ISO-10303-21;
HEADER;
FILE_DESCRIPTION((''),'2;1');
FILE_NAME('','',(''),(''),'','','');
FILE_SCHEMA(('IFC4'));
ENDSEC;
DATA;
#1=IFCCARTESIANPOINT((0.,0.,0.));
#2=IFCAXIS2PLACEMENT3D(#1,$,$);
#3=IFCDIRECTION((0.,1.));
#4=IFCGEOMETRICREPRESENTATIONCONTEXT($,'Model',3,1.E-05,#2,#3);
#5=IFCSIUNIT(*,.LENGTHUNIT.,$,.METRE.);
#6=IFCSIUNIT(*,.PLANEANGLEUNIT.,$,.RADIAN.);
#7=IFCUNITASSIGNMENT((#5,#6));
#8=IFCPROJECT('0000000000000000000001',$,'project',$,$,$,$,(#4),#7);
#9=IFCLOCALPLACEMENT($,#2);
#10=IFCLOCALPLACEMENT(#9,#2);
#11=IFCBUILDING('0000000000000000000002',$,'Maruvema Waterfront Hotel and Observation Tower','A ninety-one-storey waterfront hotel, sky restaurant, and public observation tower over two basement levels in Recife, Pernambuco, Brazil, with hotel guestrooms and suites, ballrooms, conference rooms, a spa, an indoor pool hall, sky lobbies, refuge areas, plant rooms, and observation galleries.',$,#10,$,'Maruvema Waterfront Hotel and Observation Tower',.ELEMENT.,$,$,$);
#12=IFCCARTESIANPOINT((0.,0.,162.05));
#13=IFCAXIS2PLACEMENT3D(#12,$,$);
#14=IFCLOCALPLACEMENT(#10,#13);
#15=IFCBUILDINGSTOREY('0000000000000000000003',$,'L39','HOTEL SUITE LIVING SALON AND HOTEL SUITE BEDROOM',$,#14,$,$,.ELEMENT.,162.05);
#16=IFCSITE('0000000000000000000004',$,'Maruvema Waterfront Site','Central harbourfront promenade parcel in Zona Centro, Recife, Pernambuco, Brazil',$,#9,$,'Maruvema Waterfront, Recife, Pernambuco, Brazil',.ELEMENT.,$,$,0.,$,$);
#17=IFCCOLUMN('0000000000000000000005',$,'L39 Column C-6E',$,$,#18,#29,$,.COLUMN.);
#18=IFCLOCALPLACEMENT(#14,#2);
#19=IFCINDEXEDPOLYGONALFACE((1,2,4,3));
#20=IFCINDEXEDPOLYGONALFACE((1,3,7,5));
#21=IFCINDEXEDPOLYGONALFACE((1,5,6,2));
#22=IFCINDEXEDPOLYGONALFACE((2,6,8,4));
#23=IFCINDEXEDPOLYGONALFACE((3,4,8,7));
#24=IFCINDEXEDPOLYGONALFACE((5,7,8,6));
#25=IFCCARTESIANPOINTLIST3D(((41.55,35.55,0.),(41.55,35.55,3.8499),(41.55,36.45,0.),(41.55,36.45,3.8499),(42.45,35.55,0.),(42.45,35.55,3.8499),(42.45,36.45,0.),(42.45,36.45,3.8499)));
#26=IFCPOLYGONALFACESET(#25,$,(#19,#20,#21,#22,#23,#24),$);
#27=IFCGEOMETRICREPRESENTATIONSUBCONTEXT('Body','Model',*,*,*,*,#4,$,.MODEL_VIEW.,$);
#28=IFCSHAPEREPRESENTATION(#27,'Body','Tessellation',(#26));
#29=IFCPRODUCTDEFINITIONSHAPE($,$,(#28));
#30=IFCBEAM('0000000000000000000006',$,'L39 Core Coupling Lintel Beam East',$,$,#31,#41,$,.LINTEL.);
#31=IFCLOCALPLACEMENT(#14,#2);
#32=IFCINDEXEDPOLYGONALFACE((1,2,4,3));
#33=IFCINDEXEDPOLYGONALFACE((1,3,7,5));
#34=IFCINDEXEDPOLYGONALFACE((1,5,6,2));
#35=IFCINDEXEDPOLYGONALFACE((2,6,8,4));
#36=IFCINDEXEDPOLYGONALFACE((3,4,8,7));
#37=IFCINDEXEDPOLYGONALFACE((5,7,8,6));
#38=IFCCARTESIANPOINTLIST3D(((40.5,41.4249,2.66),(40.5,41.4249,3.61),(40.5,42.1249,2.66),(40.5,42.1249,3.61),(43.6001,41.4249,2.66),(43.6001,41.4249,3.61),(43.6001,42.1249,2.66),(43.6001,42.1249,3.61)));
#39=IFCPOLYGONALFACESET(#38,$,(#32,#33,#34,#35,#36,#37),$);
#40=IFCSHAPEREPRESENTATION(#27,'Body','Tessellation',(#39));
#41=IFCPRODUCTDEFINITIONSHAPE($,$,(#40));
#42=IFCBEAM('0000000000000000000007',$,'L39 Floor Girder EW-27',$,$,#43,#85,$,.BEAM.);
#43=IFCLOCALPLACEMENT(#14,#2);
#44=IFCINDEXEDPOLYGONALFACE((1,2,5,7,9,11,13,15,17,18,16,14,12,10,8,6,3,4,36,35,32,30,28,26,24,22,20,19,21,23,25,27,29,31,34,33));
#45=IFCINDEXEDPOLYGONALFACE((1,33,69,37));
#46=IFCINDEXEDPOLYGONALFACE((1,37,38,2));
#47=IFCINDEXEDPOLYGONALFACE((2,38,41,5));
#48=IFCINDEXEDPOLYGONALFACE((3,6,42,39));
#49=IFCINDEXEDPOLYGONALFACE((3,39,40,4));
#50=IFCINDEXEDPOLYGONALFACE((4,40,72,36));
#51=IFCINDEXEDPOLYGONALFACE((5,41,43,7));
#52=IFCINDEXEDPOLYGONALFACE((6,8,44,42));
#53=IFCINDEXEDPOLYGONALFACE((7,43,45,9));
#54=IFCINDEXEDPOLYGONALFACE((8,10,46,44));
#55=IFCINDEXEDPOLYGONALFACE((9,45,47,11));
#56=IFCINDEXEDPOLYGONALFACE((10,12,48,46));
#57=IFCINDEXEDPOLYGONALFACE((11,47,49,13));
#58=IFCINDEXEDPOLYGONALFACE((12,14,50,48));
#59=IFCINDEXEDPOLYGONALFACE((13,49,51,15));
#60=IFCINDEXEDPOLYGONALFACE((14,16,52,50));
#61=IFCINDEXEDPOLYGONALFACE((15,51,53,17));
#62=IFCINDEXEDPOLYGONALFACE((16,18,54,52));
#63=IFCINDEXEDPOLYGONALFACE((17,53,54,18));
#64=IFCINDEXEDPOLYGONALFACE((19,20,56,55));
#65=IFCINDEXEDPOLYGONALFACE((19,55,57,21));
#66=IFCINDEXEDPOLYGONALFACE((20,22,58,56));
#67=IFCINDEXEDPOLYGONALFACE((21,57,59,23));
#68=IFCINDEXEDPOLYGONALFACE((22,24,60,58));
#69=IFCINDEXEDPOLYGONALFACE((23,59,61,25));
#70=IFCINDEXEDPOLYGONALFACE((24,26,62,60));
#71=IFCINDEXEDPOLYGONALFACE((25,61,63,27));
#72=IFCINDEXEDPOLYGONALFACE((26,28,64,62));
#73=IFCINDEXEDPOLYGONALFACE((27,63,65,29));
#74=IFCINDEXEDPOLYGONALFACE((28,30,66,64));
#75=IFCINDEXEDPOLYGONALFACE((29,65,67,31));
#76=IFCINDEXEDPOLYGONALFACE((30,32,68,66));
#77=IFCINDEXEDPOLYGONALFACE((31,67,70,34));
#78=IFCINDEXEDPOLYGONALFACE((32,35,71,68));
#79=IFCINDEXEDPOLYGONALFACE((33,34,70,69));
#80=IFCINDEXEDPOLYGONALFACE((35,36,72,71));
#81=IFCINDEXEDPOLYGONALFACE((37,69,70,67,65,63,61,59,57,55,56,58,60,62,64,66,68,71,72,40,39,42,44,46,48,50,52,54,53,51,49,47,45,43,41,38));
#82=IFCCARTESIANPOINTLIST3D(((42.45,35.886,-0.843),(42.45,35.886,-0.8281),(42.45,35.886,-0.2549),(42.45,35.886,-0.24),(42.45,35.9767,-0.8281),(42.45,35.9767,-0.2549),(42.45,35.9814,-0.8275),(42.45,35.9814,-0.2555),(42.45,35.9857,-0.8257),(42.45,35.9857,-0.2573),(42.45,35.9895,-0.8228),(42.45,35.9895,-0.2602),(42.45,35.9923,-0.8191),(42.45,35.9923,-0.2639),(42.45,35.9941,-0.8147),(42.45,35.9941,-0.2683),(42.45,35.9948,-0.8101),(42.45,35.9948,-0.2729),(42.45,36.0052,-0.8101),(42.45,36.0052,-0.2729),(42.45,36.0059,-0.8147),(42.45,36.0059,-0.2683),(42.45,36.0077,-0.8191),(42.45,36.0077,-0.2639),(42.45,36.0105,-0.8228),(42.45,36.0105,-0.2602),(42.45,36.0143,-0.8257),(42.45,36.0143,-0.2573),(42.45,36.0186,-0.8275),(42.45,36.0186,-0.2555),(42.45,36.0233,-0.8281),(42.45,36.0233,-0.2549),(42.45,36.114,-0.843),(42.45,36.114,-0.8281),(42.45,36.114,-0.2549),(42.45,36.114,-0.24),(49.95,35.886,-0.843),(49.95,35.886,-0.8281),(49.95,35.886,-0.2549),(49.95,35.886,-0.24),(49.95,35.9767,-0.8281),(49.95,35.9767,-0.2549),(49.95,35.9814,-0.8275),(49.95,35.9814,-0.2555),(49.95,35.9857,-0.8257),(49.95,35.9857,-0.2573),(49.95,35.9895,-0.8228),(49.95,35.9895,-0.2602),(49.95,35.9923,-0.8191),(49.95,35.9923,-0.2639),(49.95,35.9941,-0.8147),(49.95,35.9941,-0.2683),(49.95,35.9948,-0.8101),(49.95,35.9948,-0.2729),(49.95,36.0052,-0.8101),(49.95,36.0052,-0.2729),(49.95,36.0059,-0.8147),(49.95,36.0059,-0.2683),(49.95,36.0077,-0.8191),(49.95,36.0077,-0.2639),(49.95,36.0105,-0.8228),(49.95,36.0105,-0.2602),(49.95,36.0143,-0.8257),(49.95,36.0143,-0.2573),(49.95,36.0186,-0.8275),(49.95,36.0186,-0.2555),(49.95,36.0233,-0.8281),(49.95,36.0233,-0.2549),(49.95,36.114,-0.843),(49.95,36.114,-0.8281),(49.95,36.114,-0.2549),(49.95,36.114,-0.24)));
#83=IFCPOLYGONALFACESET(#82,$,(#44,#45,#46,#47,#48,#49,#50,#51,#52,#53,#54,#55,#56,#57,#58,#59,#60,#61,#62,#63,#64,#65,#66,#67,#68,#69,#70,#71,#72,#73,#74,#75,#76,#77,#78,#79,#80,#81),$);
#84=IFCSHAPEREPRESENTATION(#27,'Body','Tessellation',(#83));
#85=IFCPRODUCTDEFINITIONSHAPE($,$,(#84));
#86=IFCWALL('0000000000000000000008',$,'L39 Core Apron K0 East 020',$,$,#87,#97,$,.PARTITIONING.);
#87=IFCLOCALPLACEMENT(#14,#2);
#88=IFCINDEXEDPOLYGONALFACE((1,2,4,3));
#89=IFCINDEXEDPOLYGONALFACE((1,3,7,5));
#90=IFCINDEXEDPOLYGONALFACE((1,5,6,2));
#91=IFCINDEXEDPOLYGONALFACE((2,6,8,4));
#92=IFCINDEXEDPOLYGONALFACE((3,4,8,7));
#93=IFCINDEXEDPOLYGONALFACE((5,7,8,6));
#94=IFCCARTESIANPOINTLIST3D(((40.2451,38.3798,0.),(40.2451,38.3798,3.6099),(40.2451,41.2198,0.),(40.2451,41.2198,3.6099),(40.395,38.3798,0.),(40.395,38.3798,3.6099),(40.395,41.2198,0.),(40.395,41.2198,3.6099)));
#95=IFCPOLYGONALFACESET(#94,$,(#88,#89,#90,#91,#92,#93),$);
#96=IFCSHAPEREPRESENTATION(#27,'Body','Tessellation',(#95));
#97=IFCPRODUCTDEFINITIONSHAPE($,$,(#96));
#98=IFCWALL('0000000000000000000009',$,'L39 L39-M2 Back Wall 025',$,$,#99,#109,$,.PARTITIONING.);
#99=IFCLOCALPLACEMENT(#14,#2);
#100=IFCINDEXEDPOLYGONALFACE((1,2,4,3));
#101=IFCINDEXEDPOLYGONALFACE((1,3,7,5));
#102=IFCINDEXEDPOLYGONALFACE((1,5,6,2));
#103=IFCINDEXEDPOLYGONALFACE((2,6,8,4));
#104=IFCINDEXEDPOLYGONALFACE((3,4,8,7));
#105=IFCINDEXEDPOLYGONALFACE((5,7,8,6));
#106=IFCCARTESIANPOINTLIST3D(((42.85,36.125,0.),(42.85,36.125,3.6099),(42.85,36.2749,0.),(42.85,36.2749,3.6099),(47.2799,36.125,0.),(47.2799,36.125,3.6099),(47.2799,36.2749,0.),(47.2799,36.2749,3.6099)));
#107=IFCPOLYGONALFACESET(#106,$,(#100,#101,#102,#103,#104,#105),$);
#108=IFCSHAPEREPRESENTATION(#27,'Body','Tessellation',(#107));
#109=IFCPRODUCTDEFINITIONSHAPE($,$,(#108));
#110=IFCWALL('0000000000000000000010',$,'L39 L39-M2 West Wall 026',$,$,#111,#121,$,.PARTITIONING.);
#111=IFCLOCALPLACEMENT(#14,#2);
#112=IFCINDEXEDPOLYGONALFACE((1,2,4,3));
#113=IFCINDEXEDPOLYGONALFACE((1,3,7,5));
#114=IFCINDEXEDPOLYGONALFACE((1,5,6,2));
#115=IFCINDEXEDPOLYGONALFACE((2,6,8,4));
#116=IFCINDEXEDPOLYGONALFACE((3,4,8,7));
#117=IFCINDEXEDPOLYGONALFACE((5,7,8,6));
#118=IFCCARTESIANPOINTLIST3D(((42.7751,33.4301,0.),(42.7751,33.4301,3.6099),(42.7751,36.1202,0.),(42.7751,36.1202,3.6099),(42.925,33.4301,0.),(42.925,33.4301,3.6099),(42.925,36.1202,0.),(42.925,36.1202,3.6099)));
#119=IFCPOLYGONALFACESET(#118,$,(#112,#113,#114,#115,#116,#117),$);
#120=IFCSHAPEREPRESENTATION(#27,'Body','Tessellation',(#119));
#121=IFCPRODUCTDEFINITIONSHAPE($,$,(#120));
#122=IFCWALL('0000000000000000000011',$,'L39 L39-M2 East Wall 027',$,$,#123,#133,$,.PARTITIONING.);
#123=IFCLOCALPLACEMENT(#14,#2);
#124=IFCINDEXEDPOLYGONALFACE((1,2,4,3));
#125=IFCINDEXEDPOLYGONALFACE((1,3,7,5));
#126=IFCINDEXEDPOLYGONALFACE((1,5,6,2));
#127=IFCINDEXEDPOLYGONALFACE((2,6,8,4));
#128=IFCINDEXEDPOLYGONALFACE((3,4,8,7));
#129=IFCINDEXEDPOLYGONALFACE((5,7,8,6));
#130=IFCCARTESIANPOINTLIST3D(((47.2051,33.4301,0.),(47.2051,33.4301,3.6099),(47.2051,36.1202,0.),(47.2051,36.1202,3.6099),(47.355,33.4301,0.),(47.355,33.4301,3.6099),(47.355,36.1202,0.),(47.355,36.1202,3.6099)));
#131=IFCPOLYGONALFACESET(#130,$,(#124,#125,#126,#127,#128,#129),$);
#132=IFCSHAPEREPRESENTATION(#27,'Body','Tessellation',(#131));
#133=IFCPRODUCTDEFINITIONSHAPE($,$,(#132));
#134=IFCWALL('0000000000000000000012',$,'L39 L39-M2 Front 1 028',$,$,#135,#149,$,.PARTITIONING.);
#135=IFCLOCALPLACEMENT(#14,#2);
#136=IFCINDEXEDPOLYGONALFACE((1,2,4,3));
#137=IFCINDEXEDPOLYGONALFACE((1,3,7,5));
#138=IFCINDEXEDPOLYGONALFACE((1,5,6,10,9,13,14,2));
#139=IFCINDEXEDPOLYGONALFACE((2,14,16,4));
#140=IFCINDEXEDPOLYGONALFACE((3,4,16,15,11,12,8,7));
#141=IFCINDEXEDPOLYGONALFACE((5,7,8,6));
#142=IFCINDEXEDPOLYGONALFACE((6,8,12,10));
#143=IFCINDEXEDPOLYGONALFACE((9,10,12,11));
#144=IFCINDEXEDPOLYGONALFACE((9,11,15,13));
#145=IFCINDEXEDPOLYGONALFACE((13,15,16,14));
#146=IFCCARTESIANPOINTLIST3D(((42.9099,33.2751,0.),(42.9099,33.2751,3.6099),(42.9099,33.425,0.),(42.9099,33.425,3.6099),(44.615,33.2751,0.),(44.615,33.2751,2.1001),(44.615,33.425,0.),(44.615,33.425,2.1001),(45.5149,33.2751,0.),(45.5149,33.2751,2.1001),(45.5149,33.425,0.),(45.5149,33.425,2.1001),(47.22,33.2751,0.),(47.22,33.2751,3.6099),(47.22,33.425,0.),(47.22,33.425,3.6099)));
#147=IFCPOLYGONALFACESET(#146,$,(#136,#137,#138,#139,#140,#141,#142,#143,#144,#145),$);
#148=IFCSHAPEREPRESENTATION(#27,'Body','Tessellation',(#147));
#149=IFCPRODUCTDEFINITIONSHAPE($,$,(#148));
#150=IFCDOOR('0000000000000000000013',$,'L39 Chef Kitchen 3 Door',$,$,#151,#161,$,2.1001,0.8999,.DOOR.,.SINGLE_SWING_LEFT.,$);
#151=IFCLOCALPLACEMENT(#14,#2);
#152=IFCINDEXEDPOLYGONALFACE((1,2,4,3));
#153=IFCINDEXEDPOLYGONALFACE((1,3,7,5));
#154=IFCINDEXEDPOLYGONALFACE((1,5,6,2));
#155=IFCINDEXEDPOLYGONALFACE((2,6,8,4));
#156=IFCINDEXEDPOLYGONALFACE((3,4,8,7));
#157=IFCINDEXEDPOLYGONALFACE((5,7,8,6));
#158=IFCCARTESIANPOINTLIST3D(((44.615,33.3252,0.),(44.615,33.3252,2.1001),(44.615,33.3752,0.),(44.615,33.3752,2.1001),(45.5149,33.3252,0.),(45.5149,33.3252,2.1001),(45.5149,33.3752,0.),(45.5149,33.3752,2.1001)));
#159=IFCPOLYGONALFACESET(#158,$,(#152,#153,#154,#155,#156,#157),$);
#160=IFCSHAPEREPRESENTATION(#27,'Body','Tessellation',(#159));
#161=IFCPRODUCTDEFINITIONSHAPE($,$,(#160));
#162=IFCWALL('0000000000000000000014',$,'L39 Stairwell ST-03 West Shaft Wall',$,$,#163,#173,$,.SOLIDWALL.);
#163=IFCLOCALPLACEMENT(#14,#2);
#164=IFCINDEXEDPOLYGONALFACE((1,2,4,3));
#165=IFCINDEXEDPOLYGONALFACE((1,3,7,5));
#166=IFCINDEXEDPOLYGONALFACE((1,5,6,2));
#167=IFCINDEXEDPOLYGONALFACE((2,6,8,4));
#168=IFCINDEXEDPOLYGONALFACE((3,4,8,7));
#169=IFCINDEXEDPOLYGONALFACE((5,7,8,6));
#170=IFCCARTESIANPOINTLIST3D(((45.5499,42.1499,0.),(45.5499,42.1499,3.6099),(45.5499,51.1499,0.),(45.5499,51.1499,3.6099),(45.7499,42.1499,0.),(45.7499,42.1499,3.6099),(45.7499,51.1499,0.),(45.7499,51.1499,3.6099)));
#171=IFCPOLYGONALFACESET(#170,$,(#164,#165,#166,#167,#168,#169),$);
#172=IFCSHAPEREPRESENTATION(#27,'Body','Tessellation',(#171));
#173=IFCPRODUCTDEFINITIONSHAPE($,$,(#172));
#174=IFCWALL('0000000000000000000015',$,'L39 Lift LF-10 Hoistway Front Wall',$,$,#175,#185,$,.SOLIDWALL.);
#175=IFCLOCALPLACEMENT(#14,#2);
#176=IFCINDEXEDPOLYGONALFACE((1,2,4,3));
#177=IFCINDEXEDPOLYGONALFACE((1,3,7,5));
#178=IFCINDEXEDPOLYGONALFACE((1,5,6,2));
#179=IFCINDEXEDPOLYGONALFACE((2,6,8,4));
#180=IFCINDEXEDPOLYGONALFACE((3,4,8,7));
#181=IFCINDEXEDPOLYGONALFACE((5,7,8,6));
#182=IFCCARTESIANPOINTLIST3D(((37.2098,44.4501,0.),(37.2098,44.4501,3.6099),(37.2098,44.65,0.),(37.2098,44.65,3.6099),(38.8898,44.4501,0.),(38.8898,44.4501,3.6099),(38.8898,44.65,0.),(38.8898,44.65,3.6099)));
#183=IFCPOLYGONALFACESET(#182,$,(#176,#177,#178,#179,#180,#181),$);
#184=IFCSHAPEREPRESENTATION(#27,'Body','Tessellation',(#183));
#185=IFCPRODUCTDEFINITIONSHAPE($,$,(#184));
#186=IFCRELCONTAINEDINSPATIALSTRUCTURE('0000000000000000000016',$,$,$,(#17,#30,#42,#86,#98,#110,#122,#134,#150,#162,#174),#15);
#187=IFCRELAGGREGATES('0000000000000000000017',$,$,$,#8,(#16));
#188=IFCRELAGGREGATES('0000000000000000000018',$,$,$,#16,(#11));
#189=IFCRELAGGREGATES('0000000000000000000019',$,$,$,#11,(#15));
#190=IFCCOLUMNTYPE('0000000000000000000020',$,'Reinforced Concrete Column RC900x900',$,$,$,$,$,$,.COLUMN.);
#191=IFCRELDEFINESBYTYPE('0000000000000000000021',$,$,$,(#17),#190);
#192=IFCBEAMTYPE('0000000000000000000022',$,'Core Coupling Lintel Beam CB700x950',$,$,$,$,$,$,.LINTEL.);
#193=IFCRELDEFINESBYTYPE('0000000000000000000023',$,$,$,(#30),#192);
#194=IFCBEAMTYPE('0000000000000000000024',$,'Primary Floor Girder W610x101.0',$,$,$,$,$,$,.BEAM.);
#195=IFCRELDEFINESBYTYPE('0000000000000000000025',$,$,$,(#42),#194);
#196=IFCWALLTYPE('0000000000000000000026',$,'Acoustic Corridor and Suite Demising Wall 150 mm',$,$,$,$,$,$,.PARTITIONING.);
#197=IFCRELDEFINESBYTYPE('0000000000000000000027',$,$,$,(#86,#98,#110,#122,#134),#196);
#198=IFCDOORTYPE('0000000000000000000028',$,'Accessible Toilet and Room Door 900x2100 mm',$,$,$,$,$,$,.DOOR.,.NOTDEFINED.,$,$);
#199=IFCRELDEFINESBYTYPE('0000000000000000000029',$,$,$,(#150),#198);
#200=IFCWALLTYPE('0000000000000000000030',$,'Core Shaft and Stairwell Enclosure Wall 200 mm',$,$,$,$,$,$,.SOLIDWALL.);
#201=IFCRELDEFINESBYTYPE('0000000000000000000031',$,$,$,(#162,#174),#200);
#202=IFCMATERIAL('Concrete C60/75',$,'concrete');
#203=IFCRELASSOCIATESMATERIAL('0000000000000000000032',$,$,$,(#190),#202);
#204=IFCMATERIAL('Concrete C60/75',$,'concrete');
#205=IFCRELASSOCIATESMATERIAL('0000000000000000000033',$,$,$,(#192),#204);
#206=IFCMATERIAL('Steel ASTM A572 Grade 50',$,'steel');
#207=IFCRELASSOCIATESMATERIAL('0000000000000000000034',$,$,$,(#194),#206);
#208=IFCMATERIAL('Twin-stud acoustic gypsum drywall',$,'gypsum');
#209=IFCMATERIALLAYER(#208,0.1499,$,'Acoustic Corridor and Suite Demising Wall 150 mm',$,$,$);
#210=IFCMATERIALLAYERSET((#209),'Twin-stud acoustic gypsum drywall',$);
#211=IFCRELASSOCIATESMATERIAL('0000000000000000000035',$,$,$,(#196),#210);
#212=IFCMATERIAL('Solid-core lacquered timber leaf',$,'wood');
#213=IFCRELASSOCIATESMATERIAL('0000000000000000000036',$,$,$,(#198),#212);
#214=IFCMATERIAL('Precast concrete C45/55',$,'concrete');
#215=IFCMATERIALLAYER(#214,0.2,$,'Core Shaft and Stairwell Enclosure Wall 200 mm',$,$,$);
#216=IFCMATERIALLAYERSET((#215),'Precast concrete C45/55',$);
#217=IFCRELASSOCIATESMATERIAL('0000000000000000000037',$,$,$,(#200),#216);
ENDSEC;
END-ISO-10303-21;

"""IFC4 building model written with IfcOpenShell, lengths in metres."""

from ifc_helpers import new_model, si_unit, direction, frame, frame_2d, origin, origin_2d, place, context, subcontext, project, spatial, rectangle, i_section, extrude, material, layer, layer_set, material_profile, profile_set, type_object, element, fill, save


model = new_model("IFC4")

# Units and contexts
model_context = context("Model", 3, precision=1e-05, world=origin(), true_north=direction((0.0, 1.0)))
body_context = subcontext(model_context, "Body", "Model", "MODEL_VIEW")
ifc_project = project(units=[si_unit("LENGTHUNIT", "METRE"), si_unit("PLANEANGLEUNIT", "RADIAN")], contexts=[model_context])

# Site, building, storey
site_placement = place(None, origin())
site = spatial("IfcSite", under=ifc_project, at=site_placement, Name="Maruvema Waterfront Site", Description="Central harbourfront promenade parcel in Zona Centro, Recife, Pernambuco, Brazil", LongName="Maruvema Waterfront, Recife, Pernambuco, Brazil", CompositionType="ELEMENT", RefElevation=0.0)
building_placement = place(site_placement, origin())
building = spatial("IfcBuilding", under=site, at=building_placement, Name="Maruvema Waterfront Hotel and Observation Tower", Description="A ninety-one-storey waterfront hotel, sky restaurant, and public observation tower over two basement levels in Recife, Pernambuco, Brazil, with hotel guestrooms and suites, ballrooms, conference rooms, a spa, an indoor pool hall, sky lobbies, refuge areas, plant rooms, and observation galleries.", LongName="Maruvema Waterfront Hotel and Observation Tower", CompositionType="ELEMENT")
storey_placement = place(building_placement, frame((0.0, 0.0, 162.05)))
storey = spatial("IfcBuildingStorey", under=building, at=storey_placement, Name="L39", Description="HOTEL SUITE LIVING SALON AND HOTEL SUITE BEDROOM", CompositionType="ELEMENT", Elevation=162.05)

# Column
ifc_material_1 = material(Name="Concrete C60/75", Category="concrete")
ifc_material_profile_1 = material_profile(ifc_material_1, rectangle(XDim=0.8999, YDim=0.8999, at=origin_2d()), Name="RC900x900")
ifc_profile_set_1 = profile_set([ifc_material_profile_1], Name="Concrete C60/75")
column_type = type_object("IfcColumnType", Name="Reinforced Concrete Column RC900x900", PredefinedType="COLUMN", material=ifc_profile_set_1)
column_placement = place(storey_placement, frame((42.0, 36.0, 0.0), z_axis=(0.0, 0.0, 1.0), x_axis=(1.0, 0.0, 0.0)))
element("IfcColumn", 1, at=column_placement, inside=storey, type_object=column_type, Name="L39 Column C-6E", PredefinedType="COLUMN", context=body_context, shape_type="SweptSolid", body=[
    extrude(rectangle(XDim=0.8999, YDim=0.8999, at=origin_2d()), origin(), (0.0, 0.0, 1.0), 3.8499),
])

# Beams
ifc_material_2 = material(Name="Concrete C60/75", Category="concrete")
ifc_material_profile_2 = material_profile(ifc_material_2, rectangle(XDim=0.7, YDim=0.95, at=origin_2d()), Name="CB700x950")
ifc_profile_set_2 = profile_set([ifc_material_profile_2], Name="Concrete C60/75")
beam_type_1 = type_object("IfcBeamType", Name="Core Coupling Lintel Beam CB700x950", PredefinedType="LINTEL", material=ifc_profile_set_2)
beam_1_placement = place(storey_placement, frame((40.5, 41.7749, 3.135), z_axis=(1.0, 0.0, 0.0), x_axis=(0.0, 1.0, 0.0)))
element("IfcBeam", 2, at=beam_1_placement, inside=storey, type_object=beam_type_1, Name="L39 Core Coupling Lintel Beam East", PredefinedType="LINTEL", context=body_context, shape_type="SweptSolid", body=[
    extrude(rectangle(XDim=0.7, YDim=0.95, at=origin_2d()), origin(), (0.0, 0.0, 1.0), 3.1001),
])
ifc_material_3 = material(Name="Steel ASTM A572 Grade 50", Category="steel")
ifc_material_profile_3 = material_profile(ifc_material_3, i_section(OverallWidth=0.228, OverallDepth=0.603, WebThickness=0.0105, FlangeThickness=0.0149, FilletRadius=0.0181, at=origin_2d()), Name="W610x101.0")
ifc_profile_set_3 = profile_set([ifc_material_profile_3], Name="Steel ASTM A572 Grade 50")
beam_type_2 = type_object("IfcBeamType", Name="Primary Floor Girder W610x101.0", PredefinedType="BEAM", material=ifc_profile_set_3)
beam_2_placement = place(storey_placement, frame((42.45, 36.0, -0.5415), z_axis=(1.0, 0.0, 0.0), x_axis=(0.0, 1.0, 0.0)))
element("IfcBeam", 3, at=beam_2_placement, inside=storey, type_object=beam_type_2, Name="L39 Floor Girder EW-27", PredefinedType="BEAM", context=body_context, shape_type="SweptSolid", body=[
    extrude(i_section(OverallWidth=0.228, OverallDepth=0.603, WebThickness=0.0105, FlangeThickness=0.0149, FilletRadius=0.0181, at=origin_2d()), origin(), (0.0, 0.0, 1.0), 7.5),
])

# Walls
ifc_material_4 = material(Name="Twin-stud acoustic gypsum drywall", Category="gypsum")
ifc_layer_1 = layer(ifc_material_4, 0.1499, Name="Acoustic Corridor and Suite Demising Wall 150 mm")
ifc_layer_set_1 = layer_set([ifc_layer_1], Name="Twin-stud acoustic gypsum drywall")
wall_type_1 = type_object("IfcWallType", Name="Acoustic Corridor and Suite Demising Wall 150 mm", PredefinedType="PARTITIONING", material=ifc_layer_set_1)
wall_1_placement = place(storey_placement, frame((40.3201, 38.3799, 0.0), z_axis=(0.0, 0.0, 1.0), x_axis=(0.0, 1.0, 0.0)))
element("IfcWall", 4, at=wall_1_placement, inside=storey, type_object=wall_type_1, Name="L39 Core Apron K0 East 020", PredefinedType="PARTITIONING", context=body_context, shape_type="SweptSolid", body=[
    extrude(rectangle(XDim=2.8401, YDim=0.1499, at=frame_2d((1.4199, 0.0))), origin(), (0.0, 0.0, 1.0), 3.6099),
])
wall_2_placement = place(storey_placement, frame((42.8501, 36.2, 0.0), z_axis=(0.0, 0.0, 1.0), x_axis=(1.0, 0.0, 0.0)))
element("IfcWall", 5, at=wall_2_placement, inside=storey, type_object=wall_type_1, Name="L39 L39-M2 Back Wall 025", PredefinedType="PARTITIONING", context=body_context, shape_type="SweptSolid", body=[
    extrude(rectangle(XDim=4.4299, YDim=0.1499, at=frame_2d((2.2148, 0.0))), origin(), (0.0, 0.0, 1.0), 3.6099),
])
for number, where, z_axis, x_axis, name in (
    (6, (42.8501, 33.4299, 0.0), (0.0, 0.0, 1.0), (0.0, 1.0, 0.0), "L39 L39-M2 West Wall 026"),
    (7, (47.28, 33.4299, 0.0), (0.0, 0.0, 1.0), (0.0, 1.0, 0.0), "L39 L39-M2 East Wall 027"),
):
    element("IfcWall", number, at=place(storey_placement, frame(where, z_axis=z_axis, x_axis=x_axis)), inside=storey, type_object=wall_type_1, Name=name, PredefinedType="PARTITIONING", context=body_context, shape_type="SweptSolid", body=[
        extrude(rectangle(XDim=2.6902, YDim=0.1499, at=frame_2d((1.3452, 0.0))), origin(), (0.0, 0.0, 1.0), 3.6099),
    ])

# Wall, opening, door
wall_3_placement = place(storey_placement, frame((42.9099, 33.3501, 0.0), z_axis=(0.0, 0.0, 1.0), x_axis=(1.0, 0.0, 0.0)))
wall_3 = element("IfcWall", 8, at=wall_3_placement, inside=storey, type_object=wall_type_1, Name="L39 L39-M2 Front 1 028", PredefinedType="PARTITIONING", context=body_context, shape_type="SweptSolid", body=[
    extrude(rectangle(XDim=4.3101, YDim=0.1499, at=frame_2d((2.155, 0.0))), origin(), (0.0, 0.0, 1.0), 3.6099),
])
opening_1_placement = place(wall_3_placement, frame((1.7051, 0.0, 0.0)))
opening_1 = element("IfcOpeningElement", 9, at=opening_1_placement, cuts=wall_3, PredefinedType="OPENING", context=body_context, shape_type="SweptSolid", body=[
    extrude(rectangle(XDim=0.8999, YDim=2.1001, at=frame_2d((0.45, 1.05))), frame((0.0, 0.085, 0.0), z_axis=(0.0, -1.0, 0.0), x_axis=(1.0, 0.0, 0.0)), (0.0, 0.0, 1.0), 0.1699),
])
ifc_material_5 = material(Name="Solid-core lacquered timber leaf", Category="wood")
door_type_1 = type_object("IfcDoorType", Name="Accessible Toilet and Room Door 900x2100 mm", OperationType="NOTDEFINED", PredefinedType="DOOR", material=ifc_material_5)
door_1_placement = place(opening_1_placement, frame((0.8999, 0.0, 0.0), z_axis=(0.0, 0.0, 1.0), x_axis=(-1.0, 0.0, 0.0)))
door_1 = element("IfcDoor", 10, at=door_1_placement, inside=storey, type_object=door_type_1, Name="L39 Chef Kitchen 3 Door", OperationType="SINGLE_SWING_LEFT", OverallHeight=2.1001, OverallWidth=0.8999, PredefinedType="DOOR", context=body_context, shape_type="SweptSolid", body=[
    extrude(rectangle(XDim=0.8999, YDim=2.1001, at=frame_2d((0.45, 1.05))), frame((0.0, 0.0249, 0.0), z_axis=(0.0, -1.0, 0.0), x_axis=(1.0, 0.0, 0.0)), (0.0, 0.0, 1.0), 0.05),
])
fill(opening_1, door_1)

# Walls
ifc_material_6 = material(Name="Precast concrete C45/55", Category="concrete")
ifc_layer_2 = layer(ifc_material_6, 0.2, Name="Core Shaft and Stairwell Enclosure Wall 200 mm")
ifc_layer_set_2 = layer_set([ifc_layer_2], Name="Precast concrete C45/55")
wall_type_2 = type_object("IfcWallType", Name="Core Shaft and Stairwell Enclosure Wall 200 mm", PredefinedType="SOLIDWALL", material=ifc_layer_set_2)
wall_4_placement = place(storey_placement, frame((45.6499, 42.1499, 0.0), z_axis=(0.0, 0.0, 1.0), x_axis=(0.0, 1.0, 0.0)))
element("IfcWall", 11, at=wall_4_placement, inside=storey, type_object=wall_type_2, Name="L39 Stairwell ST-03 West Shaft Wall", PredefinedType="SOLIDWALL", context=body_context, shape_type="SweptSolid", body=[
    extrude(rectangle(XDim=9.0, YDim=0.2, at=frame_2d((4.5, 0.0))), origin(), (0.0, 0.0, 1.0), 3.6099),
])
wall_5_placement = place(storey_placement, frame((37.21, 44.55, 0.0), z_axis=(0.0, 0.0, 1.0), x_axis=(1.0, 0.0, 0.0)))
element("IfcWall", 12, at=wall_5_placement, inside=storey, type_object=wall_type_2, Name="L39 Lift LF-10 Hoistway Front Wall", PredefinedType="SOLIDWALL", context=body_context, shape_type="SweptSolid", body=[
    extrude(rectangle(XDim=1.6799, YDim=0.2, at=frame_2d((0.8398, 0.0))), origin(), (0.0, 0.0, 1.0), 3.6099),
])

save(model, "model.ifc")
